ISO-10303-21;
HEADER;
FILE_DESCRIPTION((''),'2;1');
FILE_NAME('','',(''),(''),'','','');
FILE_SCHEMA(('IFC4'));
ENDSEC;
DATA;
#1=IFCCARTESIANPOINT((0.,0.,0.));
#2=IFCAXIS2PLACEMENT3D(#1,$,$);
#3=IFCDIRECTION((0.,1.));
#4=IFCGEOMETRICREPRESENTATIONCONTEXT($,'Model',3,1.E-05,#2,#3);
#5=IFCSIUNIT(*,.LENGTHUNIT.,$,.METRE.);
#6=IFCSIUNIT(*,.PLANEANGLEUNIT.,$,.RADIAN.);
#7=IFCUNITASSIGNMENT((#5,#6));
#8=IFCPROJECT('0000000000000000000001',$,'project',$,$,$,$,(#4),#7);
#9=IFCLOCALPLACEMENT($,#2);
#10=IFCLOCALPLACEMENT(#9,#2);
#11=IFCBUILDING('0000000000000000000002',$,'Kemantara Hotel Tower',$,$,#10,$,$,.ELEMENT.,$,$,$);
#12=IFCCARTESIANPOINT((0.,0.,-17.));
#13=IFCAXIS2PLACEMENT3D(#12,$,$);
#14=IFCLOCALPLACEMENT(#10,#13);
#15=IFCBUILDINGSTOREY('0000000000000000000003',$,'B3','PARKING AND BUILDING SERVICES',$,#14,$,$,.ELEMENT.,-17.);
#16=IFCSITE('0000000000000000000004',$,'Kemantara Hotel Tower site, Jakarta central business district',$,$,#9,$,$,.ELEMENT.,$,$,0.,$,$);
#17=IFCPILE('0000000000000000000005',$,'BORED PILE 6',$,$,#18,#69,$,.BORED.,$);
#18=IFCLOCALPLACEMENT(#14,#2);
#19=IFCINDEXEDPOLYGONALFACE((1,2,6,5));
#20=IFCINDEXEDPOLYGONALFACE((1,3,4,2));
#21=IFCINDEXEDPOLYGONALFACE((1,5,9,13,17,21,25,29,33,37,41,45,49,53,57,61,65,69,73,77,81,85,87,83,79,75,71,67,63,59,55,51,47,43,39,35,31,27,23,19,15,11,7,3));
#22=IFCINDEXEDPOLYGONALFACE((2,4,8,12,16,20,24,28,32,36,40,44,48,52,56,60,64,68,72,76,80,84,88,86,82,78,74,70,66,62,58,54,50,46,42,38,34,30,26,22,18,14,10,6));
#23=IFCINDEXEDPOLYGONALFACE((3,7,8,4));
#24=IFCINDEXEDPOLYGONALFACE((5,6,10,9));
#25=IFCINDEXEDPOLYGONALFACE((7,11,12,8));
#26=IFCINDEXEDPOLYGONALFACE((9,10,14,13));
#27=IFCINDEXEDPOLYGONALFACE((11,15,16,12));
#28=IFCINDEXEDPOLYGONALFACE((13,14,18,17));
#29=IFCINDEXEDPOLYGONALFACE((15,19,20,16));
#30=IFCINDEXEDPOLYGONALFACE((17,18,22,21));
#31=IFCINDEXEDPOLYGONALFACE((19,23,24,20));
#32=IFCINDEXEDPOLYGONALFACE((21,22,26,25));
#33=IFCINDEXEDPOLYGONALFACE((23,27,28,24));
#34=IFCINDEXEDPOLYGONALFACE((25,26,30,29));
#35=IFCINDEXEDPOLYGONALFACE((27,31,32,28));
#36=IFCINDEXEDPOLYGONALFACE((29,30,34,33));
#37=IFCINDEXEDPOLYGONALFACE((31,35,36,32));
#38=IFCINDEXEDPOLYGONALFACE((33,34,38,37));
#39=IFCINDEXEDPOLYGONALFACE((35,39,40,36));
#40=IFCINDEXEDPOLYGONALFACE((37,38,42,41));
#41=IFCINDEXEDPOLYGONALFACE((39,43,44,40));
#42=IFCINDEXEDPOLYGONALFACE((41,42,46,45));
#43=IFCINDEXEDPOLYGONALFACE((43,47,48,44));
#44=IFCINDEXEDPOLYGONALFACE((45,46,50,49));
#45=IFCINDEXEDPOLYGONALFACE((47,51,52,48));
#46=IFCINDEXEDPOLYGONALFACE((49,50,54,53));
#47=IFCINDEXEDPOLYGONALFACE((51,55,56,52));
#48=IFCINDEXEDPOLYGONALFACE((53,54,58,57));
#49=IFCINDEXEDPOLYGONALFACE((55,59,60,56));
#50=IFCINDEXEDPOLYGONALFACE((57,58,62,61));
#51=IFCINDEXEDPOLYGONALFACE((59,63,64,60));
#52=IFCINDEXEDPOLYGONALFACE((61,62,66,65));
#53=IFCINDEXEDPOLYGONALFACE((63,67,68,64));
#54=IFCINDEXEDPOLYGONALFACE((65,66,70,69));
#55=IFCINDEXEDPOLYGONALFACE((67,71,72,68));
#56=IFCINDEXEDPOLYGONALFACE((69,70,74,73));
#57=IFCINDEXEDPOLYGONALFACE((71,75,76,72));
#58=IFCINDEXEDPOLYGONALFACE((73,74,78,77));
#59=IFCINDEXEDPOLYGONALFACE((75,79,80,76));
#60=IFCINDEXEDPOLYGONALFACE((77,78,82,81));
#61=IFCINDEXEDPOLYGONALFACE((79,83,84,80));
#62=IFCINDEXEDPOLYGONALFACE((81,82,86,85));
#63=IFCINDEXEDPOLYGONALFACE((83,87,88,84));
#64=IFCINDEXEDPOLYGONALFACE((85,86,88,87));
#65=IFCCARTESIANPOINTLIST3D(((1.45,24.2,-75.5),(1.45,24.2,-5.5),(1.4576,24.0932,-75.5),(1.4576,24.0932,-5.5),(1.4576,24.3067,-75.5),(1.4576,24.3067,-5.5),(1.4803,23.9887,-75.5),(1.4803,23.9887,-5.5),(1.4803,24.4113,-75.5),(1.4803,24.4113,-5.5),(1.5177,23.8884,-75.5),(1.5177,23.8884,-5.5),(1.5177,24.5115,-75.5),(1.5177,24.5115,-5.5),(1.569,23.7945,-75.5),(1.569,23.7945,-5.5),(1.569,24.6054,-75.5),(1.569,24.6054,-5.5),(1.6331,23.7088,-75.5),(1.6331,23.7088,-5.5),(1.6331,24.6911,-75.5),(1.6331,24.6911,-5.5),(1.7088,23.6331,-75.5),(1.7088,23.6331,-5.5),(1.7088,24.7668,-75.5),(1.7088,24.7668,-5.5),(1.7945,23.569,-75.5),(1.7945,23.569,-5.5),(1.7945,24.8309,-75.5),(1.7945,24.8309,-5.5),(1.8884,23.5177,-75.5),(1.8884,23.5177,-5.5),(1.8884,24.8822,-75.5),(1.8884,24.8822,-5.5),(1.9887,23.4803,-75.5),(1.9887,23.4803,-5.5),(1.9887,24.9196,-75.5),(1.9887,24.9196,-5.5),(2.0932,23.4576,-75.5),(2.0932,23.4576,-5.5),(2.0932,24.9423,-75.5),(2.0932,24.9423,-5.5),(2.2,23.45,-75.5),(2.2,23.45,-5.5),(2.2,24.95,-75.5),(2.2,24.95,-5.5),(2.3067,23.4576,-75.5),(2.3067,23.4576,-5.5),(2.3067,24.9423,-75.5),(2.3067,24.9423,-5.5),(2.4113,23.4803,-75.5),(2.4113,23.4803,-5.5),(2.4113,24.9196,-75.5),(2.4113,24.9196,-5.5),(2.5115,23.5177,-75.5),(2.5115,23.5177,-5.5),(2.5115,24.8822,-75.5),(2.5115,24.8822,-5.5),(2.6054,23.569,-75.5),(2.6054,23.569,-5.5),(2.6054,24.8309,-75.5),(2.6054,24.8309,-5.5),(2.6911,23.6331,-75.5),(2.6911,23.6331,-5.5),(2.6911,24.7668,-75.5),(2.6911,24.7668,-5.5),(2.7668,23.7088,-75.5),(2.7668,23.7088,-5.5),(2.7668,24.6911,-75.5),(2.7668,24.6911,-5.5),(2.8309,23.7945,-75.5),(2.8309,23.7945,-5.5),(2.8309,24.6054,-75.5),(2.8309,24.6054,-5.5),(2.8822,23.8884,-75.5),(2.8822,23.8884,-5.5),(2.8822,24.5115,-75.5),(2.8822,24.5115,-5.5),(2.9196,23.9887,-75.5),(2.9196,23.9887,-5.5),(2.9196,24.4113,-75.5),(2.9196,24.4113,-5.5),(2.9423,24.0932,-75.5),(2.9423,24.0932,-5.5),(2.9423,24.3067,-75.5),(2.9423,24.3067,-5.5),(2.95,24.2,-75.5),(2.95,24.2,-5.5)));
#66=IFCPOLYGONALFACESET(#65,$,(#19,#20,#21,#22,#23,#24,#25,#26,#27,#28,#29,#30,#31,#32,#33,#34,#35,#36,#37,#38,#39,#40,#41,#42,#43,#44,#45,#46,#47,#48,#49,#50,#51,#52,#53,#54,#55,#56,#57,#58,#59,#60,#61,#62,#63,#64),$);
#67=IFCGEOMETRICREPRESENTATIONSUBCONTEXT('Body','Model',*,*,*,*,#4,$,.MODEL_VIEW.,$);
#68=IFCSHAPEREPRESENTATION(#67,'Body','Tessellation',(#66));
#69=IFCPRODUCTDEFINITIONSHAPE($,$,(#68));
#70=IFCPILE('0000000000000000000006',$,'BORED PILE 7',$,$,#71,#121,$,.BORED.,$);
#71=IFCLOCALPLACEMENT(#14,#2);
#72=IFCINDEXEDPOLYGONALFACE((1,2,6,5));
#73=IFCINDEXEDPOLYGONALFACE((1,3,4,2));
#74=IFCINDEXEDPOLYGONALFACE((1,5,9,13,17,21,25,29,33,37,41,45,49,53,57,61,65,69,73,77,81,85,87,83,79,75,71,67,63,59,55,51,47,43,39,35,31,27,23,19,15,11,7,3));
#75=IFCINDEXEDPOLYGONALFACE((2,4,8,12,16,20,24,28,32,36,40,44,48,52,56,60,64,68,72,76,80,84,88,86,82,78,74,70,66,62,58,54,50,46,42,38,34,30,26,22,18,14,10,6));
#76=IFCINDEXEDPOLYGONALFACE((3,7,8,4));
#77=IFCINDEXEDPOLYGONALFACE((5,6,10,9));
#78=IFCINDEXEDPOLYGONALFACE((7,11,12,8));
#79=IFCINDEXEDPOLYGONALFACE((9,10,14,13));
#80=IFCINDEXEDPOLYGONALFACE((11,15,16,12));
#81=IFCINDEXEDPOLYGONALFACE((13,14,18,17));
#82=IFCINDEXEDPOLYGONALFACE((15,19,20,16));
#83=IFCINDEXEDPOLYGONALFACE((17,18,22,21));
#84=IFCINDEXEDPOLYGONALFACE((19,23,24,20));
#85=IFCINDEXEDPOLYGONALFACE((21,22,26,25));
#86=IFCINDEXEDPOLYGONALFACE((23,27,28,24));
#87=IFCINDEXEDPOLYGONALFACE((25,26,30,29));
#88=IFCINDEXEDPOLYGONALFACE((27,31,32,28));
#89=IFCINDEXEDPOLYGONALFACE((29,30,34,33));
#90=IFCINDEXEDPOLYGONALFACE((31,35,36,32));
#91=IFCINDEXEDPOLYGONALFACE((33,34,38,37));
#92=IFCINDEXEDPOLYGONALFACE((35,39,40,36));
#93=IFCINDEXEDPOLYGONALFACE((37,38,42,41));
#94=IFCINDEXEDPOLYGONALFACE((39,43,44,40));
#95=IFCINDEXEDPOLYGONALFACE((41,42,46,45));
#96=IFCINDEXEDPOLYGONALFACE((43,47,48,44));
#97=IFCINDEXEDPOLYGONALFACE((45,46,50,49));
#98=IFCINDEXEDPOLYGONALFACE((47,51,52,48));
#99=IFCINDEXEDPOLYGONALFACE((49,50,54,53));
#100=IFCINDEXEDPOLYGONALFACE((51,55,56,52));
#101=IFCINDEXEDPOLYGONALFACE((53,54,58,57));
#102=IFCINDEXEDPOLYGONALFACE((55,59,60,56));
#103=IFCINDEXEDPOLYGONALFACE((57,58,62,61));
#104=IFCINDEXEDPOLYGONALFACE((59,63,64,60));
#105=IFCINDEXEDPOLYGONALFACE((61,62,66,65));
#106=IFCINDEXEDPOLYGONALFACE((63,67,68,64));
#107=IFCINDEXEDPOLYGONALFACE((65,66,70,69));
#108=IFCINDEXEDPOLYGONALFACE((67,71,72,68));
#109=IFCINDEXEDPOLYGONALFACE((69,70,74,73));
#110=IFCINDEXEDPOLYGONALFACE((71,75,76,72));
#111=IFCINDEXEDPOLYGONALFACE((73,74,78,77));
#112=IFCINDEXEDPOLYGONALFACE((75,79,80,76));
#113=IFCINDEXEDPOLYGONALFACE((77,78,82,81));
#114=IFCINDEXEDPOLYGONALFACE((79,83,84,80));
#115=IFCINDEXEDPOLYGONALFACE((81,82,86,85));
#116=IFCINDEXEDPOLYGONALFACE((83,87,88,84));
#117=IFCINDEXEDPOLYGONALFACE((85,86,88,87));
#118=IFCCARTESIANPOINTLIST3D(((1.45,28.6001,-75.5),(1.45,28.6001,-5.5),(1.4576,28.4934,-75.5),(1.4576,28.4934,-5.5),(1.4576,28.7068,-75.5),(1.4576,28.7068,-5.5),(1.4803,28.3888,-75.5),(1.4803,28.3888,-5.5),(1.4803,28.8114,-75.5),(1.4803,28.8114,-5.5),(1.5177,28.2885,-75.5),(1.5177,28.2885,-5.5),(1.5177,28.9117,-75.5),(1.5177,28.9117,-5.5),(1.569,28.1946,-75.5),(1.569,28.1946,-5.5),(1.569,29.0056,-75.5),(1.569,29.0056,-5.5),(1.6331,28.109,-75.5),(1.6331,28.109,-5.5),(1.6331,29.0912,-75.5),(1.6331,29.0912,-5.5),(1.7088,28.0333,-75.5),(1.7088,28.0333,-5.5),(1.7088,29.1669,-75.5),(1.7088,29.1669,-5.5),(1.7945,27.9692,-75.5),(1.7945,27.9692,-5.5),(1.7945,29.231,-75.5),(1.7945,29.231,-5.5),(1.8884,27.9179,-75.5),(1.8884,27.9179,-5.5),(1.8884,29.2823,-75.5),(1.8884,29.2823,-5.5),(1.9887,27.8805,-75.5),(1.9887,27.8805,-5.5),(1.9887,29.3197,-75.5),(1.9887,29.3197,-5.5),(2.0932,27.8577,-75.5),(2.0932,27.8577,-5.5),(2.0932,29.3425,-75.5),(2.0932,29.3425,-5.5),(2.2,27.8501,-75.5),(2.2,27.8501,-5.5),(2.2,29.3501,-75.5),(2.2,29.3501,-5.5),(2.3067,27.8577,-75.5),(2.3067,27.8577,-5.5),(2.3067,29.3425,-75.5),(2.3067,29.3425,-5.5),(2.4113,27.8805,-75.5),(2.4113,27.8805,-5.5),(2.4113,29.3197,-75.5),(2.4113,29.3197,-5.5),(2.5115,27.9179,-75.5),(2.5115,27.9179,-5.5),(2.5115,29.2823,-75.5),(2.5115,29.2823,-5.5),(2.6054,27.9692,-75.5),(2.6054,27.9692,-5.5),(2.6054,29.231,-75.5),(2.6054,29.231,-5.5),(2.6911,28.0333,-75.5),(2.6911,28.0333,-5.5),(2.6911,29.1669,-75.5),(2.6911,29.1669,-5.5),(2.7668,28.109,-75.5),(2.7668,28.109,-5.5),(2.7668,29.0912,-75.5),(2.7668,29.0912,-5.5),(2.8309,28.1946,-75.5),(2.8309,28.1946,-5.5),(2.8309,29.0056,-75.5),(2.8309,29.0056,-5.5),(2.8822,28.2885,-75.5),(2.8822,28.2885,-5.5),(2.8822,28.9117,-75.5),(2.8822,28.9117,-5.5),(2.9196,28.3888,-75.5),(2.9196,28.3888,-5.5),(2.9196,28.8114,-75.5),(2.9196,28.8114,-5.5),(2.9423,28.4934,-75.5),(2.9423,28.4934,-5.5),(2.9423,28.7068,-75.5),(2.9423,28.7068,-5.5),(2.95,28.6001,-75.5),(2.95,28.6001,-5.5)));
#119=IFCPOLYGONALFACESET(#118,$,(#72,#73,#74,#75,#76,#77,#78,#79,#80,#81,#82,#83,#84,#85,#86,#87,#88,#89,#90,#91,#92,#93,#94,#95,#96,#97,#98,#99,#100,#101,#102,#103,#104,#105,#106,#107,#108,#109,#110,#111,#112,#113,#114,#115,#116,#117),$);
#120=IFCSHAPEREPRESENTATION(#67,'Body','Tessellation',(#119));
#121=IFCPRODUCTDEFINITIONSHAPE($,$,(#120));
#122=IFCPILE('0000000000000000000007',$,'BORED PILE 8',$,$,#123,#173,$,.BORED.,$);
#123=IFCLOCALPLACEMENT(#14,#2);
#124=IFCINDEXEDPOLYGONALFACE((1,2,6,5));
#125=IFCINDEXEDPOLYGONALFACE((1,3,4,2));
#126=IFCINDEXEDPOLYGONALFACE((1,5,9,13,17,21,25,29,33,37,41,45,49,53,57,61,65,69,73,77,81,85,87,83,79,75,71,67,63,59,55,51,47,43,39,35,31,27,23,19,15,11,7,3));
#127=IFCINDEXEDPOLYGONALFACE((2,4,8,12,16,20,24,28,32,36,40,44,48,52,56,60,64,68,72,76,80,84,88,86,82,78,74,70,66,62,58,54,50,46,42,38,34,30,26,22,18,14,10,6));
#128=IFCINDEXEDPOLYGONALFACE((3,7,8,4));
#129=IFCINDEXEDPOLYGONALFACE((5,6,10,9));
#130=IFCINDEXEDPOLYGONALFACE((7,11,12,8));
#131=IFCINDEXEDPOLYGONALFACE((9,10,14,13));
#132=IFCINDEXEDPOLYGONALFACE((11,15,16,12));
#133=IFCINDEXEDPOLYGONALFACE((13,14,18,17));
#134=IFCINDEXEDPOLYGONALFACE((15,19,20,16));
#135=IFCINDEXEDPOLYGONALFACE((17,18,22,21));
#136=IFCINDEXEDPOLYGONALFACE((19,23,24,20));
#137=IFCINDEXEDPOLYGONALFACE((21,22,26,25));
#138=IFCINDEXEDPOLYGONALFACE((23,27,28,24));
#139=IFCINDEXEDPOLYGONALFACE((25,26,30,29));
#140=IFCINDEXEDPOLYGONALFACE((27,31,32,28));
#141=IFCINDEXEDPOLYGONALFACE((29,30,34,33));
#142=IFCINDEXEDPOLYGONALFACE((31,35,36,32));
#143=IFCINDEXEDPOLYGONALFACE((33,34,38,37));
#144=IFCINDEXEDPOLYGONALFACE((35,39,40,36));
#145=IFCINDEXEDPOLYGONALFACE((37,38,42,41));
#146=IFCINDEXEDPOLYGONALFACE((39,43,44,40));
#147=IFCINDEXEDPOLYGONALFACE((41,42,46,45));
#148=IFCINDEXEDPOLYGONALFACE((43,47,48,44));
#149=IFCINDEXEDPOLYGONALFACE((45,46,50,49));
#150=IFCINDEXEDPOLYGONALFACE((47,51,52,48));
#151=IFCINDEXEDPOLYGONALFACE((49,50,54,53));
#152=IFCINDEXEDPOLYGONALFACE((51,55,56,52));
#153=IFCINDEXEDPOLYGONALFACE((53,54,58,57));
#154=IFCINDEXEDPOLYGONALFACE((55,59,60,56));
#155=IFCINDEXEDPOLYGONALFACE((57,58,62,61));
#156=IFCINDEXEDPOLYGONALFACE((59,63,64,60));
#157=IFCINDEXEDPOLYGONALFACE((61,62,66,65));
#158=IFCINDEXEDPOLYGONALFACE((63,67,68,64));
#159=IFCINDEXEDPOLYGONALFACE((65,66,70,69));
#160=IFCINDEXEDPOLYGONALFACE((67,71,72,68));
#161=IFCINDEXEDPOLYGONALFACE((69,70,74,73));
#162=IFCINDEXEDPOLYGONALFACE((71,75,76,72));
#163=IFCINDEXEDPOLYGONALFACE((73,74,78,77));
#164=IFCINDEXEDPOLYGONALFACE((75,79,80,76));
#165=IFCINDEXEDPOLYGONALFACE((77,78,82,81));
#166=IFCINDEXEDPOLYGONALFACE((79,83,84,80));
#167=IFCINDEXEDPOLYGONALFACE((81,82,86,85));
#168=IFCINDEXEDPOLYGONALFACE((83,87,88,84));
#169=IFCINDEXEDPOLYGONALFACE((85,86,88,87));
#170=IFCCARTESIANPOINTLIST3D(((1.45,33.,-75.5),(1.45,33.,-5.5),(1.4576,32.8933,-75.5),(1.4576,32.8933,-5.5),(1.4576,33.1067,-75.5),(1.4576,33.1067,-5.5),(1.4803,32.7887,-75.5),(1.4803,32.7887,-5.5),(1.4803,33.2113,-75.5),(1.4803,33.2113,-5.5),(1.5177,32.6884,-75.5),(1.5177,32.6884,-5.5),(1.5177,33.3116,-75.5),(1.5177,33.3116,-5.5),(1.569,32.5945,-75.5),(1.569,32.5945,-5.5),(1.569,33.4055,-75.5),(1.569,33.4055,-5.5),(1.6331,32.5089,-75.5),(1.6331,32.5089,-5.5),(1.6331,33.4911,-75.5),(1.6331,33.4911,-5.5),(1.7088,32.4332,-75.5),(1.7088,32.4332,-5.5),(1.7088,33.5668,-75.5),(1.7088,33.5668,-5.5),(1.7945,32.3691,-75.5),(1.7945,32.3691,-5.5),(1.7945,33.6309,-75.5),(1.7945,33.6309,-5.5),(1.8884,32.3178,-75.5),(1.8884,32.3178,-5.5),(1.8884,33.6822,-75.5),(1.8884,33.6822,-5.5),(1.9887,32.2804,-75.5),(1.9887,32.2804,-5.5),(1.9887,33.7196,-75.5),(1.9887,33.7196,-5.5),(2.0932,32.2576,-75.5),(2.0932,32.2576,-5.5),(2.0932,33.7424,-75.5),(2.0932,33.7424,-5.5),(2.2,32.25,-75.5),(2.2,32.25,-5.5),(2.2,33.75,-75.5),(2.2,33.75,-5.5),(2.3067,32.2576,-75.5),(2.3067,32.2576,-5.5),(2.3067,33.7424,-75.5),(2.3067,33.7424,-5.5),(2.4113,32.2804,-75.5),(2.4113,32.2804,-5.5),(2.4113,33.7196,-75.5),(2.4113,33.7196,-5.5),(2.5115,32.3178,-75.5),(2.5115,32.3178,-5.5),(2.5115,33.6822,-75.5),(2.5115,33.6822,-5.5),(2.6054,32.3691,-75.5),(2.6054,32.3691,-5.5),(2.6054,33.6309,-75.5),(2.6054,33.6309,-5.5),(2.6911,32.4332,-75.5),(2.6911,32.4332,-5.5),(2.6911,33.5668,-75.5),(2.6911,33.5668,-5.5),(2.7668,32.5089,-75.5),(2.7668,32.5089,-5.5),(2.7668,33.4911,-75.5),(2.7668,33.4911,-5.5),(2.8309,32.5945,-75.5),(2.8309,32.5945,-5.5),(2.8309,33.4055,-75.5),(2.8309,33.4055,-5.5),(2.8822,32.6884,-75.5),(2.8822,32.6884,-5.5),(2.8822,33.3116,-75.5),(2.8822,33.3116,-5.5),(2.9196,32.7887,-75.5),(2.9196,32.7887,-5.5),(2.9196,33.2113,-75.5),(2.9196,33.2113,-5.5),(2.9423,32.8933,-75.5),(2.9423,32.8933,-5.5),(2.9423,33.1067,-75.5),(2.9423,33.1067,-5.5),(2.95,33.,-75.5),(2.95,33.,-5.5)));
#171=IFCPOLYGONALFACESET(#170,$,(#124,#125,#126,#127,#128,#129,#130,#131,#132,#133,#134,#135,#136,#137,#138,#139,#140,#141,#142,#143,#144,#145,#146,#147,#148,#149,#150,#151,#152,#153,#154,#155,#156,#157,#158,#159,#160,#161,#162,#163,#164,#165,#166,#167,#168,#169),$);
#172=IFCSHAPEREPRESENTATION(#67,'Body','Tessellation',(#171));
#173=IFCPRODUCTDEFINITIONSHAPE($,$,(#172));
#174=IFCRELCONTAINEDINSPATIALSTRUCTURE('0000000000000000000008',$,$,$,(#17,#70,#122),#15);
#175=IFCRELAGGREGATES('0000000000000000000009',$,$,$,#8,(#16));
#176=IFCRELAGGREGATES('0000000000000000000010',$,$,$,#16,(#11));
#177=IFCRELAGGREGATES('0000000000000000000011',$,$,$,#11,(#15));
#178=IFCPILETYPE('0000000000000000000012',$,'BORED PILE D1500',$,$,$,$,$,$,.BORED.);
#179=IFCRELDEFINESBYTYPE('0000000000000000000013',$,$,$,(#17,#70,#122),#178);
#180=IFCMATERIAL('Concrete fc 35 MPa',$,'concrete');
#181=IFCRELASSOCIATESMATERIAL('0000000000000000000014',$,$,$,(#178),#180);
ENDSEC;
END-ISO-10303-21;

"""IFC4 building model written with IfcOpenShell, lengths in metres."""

from ifc_helpers import new_model, si_unit, direction, frame, origin, origin_2d, place, context, subcontext, project, spatial, circle, extrude, material, material_profile, profile_set, type_object, element, save


model = new_model("IFC4")

# Units and contexts
model_context = context("Model", 3, precision=1e-05, world=origin(), true_north=direction((0.0, 1.0)))
body_context = subcontext(model_context, "Body", "Model", "MODEL_VIEW")
ifc_project = project(units=[si_unit("LENGTHUNIT", "METRE"), si_unit("PLANEANGLEUNIT", "RADIAN")], contexts=[model_context])

# Site, building, storey
site_placement = place(None, origin())
site = spatial("IfcSite", under=ifc_project, at=site_placement, Name="Kemantara Hotel Tower site, Jakarta central business district", CompositionType="ELEMENT", RefElevation=0.0)
building_placement = place(site_placement, origin())
building = spatial("IfcBuilding", under=site, at=building_placement, Name="Kemantara Hotel Tower", CompositionType="ELEMENT")
storey_placement = place(building_placement, frame((0.0, 0.0, -17.0)))
storey = spatial("IfcBuildingStorey", under=building, at=storey_placement, Name="B3", Description="PARKING AND BUILDING SERVICES", CompositionType="ELEMENT", Elevation=-17.0)

# Piles
ifc_material_1 = material(Name="Concrete fc 35 MPa", Category="concrete")
ifc_material_profile_1 = material_profile(ifc_material_1, circle(Radius=0.75, at=origin_2d()), Name="BORED PILE D1500")
ifc_profile_set_1 = profile_set([ifc_material_profile_1], Name="Concrete fc 35 MPa")
pile_type = type_object("IfcPileType", Name="BORED PILE D1500", PredefinedType="BORED", material=ifc_profile_set_1)
for number, where, z_axis, x_axis, name in (
    (1, (2.2, 24.2, -5.5), (0.0, 0.0, -1.0), (1.0, 0.0, 0.0), "BORED PILE 6"),
    (2, (2.2, 28.6001, -5.5), (0.0, 0.0, -1.0), (1.0, 0.0, 0.0), "BORED PILE 7"),
    (3, (2.2, 33.0, -5.5), (0.0, 0.0, -1.0), (1.0, 0.0, 0.0), "BORED PILE 8"),
):
    element("IfcPile", number, at=place(storey_placement, frame(where, z_axis=z_axis, x_axis=x_axis)), inside=storey, type_object=pile_type, Name=name, PredefinedType="BORED", context=body_context, shape_type="SweptSolid", body=[
        extrude(circle(Radius=0.75, at=origin_2d()), origin(), (0.0, 0.0, 1.0), 70.0),
    ])

save(model, "model.ifc")
